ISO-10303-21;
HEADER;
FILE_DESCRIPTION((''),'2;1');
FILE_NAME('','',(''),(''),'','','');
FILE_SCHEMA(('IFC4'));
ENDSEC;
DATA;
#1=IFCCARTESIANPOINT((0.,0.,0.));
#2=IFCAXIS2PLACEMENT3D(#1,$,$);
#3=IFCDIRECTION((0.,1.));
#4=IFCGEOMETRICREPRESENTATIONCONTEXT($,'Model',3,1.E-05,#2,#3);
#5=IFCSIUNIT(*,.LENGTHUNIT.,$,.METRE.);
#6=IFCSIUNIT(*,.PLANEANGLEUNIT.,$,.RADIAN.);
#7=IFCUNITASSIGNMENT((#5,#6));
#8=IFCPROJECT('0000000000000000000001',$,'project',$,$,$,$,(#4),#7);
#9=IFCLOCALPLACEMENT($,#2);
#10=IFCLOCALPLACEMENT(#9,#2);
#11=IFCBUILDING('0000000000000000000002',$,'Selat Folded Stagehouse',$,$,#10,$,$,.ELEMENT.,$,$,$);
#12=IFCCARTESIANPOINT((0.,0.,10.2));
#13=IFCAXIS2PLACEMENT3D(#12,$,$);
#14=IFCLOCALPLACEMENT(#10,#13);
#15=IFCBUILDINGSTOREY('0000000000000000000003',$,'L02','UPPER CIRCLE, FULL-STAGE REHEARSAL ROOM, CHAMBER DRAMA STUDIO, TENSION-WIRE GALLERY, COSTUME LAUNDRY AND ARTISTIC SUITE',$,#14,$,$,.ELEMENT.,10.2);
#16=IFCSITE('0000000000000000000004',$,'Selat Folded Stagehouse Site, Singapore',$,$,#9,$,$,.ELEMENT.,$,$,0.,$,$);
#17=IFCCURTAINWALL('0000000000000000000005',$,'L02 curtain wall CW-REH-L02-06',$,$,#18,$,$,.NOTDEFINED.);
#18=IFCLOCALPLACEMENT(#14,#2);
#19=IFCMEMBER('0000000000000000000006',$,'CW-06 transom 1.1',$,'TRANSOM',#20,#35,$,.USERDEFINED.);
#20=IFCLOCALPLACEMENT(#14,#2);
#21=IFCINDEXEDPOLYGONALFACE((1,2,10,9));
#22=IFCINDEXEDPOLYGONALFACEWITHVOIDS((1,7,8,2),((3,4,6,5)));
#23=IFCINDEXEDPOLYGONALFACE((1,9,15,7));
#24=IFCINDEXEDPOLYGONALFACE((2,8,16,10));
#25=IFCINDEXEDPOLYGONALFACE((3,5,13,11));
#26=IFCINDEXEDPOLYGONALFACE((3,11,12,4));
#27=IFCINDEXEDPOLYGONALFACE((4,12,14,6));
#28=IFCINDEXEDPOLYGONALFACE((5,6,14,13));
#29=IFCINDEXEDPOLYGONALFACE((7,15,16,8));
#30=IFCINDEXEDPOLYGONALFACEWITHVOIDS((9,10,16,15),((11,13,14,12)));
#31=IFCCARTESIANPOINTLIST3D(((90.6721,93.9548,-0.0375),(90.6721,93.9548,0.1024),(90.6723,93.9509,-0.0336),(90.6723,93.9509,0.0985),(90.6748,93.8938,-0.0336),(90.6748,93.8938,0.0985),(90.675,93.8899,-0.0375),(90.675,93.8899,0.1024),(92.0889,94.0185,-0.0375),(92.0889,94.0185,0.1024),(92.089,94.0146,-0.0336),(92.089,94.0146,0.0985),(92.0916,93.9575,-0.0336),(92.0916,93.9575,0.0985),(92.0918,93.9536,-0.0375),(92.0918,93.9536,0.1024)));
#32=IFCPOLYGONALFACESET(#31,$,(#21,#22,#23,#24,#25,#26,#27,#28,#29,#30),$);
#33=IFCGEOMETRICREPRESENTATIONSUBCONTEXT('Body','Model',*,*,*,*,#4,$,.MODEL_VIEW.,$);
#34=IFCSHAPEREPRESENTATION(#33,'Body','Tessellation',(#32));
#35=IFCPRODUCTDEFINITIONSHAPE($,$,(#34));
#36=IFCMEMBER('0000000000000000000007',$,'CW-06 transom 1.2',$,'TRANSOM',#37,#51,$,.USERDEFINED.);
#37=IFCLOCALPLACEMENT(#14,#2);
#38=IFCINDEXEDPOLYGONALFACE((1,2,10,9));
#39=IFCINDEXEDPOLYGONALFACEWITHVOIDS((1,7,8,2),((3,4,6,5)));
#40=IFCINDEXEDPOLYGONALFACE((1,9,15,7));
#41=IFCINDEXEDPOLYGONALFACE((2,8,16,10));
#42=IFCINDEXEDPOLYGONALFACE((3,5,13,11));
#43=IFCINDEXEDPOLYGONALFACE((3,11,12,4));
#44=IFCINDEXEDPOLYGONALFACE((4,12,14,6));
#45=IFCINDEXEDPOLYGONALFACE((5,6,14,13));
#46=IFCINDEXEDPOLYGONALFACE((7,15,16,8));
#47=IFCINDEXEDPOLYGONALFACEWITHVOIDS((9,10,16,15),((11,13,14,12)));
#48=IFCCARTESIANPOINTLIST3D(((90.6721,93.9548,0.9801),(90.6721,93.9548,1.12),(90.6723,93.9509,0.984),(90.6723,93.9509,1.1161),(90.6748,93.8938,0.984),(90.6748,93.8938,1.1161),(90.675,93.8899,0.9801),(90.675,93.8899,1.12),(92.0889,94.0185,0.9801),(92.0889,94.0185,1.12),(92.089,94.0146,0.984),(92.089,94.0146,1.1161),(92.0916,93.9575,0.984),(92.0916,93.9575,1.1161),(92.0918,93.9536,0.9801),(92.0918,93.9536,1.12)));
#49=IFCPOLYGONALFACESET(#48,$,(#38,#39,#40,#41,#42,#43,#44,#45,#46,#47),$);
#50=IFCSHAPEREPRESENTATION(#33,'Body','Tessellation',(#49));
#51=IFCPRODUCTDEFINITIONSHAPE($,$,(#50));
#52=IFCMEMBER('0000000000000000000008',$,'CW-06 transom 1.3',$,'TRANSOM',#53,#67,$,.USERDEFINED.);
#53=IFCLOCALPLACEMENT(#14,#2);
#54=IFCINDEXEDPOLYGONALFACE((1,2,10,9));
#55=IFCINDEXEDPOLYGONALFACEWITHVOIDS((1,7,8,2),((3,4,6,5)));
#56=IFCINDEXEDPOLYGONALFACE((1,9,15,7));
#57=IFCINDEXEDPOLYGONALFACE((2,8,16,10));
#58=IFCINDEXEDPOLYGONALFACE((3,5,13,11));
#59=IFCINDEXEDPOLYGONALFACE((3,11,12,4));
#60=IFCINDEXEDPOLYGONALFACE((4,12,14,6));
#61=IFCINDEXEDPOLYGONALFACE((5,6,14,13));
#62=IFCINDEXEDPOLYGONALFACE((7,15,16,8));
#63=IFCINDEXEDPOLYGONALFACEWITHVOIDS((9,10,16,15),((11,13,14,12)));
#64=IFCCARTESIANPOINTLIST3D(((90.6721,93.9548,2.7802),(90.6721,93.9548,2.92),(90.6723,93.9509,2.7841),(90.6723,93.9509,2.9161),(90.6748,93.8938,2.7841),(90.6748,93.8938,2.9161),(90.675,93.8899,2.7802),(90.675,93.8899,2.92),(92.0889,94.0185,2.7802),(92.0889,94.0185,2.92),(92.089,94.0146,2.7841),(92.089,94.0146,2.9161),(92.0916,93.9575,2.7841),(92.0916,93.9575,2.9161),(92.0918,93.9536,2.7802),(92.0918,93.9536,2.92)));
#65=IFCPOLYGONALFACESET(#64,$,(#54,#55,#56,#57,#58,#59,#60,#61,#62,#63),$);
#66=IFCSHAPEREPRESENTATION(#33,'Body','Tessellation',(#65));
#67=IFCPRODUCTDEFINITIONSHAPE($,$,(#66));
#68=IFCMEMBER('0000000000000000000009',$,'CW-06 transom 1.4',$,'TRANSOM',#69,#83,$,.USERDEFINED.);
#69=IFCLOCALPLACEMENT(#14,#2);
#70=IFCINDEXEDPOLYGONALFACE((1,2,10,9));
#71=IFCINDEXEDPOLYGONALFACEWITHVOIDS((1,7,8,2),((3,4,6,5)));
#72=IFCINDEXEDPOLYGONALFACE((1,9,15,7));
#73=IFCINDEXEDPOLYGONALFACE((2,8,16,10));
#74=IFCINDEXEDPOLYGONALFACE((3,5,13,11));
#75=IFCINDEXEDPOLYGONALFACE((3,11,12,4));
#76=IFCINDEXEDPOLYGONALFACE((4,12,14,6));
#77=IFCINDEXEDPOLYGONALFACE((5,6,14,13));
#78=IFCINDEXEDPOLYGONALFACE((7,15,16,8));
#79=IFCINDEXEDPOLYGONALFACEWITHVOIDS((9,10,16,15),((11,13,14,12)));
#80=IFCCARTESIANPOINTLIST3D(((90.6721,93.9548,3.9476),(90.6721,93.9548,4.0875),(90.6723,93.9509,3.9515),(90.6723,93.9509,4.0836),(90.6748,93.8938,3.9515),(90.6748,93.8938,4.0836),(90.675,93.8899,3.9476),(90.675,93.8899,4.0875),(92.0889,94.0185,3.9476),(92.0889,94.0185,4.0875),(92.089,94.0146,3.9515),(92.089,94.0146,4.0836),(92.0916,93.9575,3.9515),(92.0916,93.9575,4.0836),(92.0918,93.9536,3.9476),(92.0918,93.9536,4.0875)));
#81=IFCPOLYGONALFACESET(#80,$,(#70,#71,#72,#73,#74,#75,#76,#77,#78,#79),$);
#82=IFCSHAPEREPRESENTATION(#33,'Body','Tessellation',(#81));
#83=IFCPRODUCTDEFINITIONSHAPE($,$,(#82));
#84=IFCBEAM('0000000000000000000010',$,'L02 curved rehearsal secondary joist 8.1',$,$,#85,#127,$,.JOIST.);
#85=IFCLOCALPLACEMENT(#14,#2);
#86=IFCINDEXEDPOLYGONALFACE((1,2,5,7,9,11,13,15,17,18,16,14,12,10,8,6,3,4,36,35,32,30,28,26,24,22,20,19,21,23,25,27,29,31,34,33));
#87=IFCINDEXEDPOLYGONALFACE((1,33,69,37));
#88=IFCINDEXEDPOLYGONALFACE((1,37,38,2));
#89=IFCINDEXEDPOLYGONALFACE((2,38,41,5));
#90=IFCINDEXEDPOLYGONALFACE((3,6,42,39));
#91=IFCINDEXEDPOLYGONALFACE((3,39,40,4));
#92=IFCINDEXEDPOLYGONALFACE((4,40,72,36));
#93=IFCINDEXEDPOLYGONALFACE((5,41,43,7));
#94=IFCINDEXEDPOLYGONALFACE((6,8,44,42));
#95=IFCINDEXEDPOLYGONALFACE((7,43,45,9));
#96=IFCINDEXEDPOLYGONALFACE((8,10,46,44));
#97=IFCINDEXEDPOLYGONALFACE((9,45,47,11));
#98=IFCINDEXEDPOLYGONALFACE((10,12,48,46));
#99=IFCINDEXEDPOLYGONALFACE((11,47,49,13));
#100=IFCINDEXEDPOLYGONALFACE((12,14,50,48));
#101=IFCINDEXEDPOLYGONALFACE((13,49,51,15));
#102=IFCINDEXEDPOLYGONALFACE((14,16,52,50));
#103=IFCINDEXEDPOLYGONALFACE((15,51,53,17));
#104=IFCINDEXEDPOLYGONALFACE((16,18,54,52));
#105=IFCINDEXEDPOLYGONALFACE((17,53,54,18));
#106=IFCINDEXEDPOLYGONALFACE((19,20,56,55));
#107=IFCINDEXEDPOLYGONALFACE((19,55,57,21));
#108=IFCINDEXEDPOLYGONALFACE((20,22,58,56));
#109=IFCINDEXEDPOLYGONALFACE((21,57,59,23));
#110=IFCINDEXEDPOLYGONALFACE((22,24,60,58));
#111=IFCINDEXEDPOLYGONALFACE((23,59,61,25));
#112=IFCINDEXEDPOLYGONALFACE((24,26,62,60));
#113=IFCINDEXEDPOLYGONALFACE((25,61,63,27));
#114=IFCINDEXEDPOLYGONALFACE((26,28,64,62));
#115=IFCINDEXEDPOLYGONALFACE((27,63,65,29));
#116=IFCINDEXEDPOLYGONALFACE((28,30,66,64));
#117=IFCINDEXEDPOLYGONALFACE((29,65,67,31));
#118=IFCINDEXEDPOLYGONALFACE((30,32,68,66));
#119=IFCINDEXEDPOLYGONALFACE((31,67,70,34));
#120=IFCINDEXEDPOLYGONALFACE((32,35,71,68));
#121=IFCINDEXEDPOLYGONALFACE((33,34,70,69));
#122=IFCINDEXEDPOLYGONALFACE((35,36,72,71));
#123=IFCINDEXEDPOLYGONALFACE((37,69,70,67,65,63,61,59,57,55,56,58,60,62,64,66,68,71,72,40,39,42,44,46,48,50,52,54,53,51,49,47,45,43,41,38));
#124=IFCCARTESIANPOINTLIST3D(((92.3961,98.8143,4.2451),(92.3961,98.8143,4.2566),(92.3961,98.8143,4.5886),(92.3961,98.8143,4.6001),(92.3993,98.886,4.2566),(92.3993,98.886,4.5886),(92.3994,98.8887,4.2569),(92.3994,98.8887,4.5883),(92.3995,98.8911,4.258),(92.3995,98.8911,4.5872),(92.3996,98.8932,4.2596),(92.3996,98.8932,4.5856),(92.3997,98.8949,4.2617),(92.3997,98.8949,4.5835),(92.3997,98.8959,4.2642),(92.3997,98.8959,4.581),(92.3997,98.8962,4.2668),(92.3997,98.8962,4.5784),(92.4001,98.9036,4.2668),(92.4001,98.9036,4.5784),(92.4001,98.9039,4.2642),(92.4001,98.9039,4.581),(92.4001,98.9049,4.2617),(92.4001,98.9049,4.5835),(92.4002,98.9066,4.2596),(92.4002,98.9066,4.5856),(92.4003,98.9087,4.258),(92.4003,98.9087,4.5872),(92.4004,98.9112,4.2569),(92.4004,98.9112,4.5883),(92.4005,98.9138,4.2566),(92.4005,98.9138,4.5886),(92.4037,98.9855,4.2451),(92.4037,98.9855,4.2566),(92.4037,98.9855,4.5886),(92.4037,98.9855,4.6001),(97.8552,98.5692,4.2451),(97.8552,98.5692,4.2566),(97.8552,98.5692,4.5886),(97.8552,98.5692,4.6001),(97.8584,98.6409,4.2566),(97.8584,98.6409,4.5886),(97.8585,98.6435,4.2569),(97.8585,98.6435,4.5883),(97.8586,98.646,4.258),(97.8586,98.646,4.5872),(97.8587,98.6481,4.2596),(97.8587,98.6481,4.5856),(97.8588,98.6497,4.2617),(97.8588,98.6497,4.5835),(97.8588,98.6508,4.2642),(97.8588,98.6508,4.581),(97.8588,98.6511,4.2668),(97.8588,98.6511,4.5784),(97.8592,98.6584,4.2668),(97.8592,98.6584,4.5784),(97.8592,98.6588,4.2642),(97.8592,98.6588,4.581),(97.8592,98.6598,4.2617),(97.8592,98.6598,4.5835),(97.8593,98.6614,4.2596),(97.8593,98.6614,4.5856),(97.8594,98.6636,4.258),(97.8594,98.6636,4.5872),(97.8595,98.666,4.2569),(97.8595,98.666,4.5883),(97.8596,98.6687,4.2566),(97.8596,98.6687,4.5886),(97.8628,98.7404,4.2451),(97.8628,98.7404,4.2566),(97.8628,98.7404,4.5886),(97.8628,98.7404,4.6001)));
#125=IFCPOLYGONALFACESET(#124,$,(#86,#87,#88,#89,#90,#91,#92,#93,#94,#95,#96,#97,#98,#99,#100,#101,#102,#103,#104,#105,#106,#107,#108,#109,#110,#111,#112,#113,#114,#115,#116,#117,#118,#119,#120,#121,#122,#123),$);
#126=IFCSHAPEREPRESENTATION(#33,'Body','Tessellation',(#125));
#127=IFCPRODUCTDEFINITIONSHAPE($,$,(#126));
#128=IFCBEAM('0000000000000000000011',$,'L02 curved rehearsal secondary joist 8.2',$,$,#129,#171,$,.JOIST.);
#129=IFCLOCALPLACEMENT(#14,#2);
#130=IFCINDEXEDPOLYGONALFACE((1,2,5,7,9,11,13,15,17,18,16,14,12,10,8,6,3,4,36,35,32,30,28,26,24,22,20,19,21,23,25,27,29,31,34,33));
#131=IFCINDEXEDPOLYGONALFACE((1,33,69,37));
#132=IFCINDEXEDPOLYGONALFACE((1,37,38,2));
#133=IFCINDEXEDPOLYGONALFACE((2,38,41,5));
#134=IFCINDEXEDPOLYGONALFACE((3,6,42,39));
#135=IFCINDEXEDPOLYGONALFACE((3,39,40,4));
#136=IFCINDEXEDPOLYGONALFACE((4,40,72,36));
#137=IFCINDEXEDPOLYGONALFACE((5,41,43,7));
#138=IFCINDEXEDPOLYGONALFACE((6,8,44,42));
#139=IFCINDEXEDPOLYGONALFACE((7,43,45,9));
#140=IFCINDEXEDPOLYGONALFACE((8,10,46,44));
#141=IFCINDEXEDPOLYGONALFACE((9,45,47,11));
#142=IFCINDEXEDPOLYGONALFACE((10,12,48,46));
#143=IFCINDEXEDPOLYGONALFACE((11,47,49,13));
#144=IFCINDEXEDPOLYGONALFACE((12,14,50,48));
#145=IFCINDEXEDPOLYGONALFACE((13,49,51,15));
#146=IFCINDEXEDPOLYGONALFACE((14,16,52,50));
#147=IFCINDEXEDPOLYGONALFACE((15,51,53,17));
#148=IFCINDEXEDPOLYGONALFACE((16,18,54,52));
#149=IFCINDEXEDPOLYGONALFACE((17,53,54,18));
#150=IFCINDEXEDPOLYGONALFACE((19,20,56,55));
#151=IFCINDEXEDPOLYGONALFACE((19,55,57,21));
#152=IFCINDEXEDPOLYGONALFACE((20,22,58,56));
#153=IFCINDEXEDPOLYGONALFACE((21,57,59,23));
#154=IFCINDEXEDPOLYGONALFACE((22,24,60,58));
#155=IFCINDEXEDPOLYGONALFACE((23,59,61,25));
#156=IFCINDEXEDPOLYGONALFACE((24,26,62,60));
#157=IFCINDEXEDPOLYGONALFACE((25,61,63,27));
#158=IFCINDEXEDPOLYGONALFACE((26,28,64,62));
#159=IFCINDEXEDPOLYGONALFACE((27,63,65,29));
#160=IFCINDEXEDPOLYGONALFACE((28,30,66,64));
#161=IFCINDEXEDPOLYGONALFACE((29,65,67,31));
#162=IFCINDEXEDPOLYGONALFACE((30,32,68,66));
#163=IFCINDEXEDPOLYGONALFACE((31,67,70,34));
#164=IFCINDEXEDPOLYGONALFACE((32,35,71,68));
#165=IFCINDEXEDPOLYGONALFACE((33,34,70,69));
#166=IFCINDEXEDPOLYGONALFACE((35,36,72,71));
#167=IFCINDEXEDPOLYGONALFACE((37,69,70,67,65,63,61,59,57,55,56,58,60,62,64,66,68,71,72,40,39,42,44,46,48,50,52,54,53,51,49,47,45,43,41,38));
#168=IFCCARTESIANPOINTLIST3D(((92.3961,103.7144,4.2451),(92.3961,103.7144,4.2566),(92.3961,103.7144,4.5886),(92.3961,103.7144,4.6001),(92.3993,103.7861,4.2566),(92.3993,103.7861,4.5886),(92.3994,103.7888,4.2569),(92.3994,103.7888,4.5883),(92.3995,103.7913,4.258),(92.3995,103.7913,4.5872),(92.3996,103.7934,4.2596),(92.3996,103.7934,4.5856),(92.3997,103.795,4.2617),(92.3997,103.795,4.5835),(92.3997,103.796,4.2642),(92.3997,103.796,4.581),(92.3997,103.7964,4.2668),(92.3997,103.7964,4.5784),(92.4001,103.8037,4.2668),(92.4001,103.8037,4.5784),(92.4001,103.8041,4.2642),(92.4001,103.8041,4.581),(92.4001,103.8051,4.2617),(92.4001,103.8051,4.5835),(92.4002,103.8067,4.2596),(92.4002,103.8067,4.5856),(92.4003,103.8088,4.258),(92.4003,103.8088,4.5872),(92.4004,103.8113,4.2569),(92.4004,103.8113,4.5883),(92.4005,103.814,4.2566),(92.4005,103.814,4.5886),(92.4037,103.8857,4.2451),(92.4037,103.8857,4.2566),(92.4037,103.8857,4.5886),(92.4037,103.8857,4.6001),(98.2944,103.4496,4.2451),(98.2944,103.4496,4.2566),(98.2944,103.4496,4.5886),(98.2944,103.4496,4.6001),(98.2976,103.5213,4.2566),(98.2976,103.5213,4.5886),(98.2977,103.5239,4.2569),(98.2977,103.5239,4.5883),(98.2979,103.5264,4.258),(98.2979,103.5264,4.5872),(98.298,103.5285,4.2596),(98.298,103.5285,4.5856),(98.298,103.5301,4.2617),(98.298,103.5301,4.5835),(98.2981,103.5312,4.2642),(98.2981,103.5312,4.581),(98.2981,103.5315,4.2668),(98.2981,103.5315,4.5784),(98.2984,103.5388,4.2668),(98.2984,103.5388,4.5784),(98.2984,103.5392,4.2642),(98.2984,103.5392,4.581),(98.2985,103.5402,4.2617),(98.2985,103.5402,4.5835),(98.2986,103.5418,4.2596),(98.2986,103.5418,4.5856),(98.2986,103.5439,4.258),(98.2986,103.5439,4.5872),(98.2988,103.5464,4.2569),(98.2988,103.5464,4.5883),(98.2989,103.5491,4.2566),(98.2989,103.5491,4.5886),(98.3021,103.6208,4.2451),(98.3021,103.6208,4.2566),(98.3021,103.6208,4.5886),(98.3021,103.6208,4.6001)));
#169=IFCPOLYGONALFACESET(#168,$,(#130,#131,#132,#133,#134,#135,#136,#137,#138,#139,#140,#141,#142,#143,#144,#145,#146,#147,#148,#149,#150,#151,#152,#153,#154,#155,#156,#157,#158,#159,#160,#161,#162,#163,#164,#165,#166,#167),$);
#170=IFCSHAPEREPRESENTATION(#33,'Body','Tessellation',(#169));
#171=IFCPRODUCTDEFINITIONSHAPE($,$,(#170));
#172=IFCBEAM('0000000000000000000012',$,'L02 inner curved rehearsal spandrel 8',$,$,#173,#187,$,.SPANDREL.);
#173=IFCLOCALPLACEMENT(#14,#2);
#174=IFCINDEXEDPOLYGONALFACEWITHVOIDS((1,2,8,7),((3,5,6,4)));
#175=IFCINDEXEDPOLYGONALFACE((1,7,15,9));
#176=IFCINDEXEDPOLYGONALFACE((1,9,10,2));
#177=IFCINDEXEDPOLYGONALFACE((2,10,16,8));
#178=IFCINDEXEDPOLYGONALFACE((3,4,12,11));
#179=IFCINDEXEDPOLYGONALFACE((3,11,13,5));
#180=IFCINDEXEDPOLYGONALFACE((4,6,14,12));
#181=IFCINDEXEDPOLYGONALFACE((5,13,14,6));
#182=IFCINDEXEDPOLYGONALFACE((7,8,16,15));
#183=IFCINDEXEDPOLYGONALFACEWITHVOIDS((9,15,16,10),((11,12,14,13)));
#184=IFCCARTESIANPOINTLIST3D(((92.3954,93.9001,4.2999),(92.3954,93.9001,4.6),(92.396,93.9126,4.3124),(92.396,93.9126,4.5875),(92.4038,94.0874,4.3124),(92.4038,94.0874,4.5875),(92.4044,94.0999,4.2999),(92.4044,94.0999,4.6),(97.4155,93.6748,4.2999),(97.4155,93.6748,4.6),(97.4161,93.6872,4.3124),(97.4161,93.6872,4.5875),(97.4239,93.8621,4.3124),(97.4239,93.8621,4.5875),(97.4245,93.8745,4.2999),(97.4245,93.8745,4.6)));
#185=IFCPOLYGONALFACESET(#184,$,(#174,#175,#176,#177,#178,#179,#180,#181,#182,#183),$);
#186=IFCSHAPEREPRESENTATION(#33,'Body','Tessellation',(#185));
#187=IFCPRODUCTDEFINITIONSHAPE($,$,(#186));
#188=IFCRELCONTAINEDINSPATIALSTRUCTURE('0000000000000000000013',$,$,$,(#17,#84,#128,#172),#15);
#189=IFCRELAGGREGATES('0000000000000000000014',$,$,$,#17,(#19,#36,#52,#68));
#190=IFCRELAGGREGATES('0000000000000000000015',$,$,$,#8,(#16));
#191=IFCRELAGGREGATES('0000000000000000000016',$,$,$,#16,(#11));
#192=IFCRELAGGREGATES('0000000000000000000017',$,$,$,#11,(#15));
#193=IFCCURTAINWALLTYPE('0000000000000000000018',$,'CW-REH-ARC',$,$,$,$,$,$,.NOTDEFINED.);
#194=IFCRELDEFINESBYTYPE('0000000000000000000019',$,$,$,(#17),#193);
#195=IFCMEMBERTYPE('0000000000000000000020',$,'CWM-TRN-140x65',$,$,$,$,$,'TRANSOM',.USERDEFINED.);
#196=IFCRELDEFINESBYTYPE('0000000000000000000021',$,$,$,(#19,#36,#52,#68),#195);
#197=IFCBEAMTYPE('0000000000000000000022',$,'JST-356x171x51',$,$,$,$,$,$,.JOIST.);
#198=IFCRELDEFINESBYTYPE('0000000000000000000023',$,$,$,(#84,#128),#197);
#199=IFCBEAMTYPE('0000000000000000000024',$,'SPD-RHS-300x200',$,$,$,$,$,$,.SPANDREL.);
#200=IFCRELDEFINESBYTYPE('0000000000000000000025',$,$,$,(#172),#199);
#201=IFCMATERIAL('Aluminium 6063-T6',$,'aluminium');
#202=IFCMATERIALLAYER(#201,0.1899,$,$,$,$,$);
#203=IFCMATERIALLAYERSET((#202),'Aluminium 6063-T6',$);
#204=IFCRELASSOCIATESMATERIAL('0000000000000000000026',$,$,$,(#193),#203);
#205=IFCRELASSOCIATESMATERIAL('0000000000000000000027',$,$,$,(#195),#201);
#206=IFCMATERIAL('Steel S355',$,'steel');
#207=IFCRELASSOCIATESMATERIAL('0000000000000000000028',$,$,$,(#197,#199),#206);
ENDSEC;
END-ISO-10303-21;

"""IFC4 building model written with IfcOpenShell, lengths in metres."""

from ifc_helpers import new_model, si_unit, direction, frame, origin, origin_2d, place, context, subcontext, project, spatial, hollow_rectangle, i_section, extrude, material, layer, layer_set, material_profile, profile_set, type_object, element, aggregate, save


model = new_model("IFC4")

# Units and contexts
model_context = context("Model", 3, precision=1e-05, world=origin(), true_north=direction((0.0, 1.0)))
body_context = subcontext(model_context, "Body", "Model", "MODEL_VIEW")
ifc_project = project(units=[si_unit("LENGTHUNIT", "METRE"), si_unit("PLANEANGLEUNIT", "RADIAN")], contexts=[model_context])

# Site, building, storey
site_placement = place(None, origin())
site = spatial("IfcSite", under=ifc_project, at=site_placement, Name="Selat Folded Stagehouse Site, Singapore", CompositionType="ELEMENT", RefElevation=0.0)
building_placement = place(site_placement, origin())
building = spatial("IfcBuilding", under=site, at=building_placement, Name="Selat Folded Stagehouse", CompositionType="ELEMENT")
storey_placement = place(building_placement, frame((0.0, 0.0, 10.2)))
storey = spatial("IfcBuildingStorey", under=building, at=storey_placement, Name="L02", Description="UPPER CIRCLE, FULL-STAGE REHEARSAL ROOM, CHAMBER DRAMA STUDIO, TENSION-WIRE GALLERY, COSTUME LAUNDRY AND ARTISTIC SUITE", CompositionType="ELEMENT", Elevation=10.2)

# Shared definitions
ifc_material_1 = material(Name="Steel S355", Category="steel")

# Curtain wall
ifc_material_2 = material(Name="Aluminium 6063-T6", Category="aluminium")
ifc_layer_1 = layer(ifc_material_2, 0.1899)
ifc_layer_set_1 = layer_set([ifc_layer_1], Name="Aluminium 6063-T6")
curtain_wall_type = type_object("IfcCurtainWallType", Name="CW-REH-ARC", PredefinedType="NOTDEFINED", material=ifc_layer_set_1)
curtain_wall_1_placement = place(storey_placement, origin())
curtain_wall_1 = element("IfcCurtainWall", 1, at=curtain_wall_1_placement, inside=storey, type_object=curtain_wall_type, Name="L02 curtain wall CW-REH-L02-06", PredefinedType="NOTDEFINED")

# Members
ifc_material_profile_1 = material_profile(ifc_material_2, hollow_rectangle(XDim=0.0649, YDim=0.1399, WallThickness=0.0039, at=origin_2d()), Name="ALU 140x65x4.0")
ifc_profile_set_1 = profile_set([ifc_material_profile_1], Name="Aluminium 6063-T6")
member_type_1 = type_object("IfcMemberType", Name="CWM-TRN-140x65", ElementType="TRANSOM", PredefinedType="USERDEFINED", material=ifc_profile_set_1)
member_1_placement = place(storey_placement, frame((92.0903, 93.9861, 0.0325), z_axis=(-0.99899, -0.044931, 0.0), x_axis=(0.044931, -0.99899, 0.0)))
member_1 = element("IfcMember", 2, at=member_1_placement, type_object=member_type_1, Name="CW-06 transom 1.1", ObjectType="TRANSOM", PredefinedType="USERDEFINED", context=body_context, shape_type="SweptSolid", body=[
    extrude(hollow_rectangle(XDim=0.0649, YDim=0.1399, WallThickness=0.0039, at=origin_2d()), origin(), (0.0, 0.0, 1.0), 1.4182),
])
member_2_placement = place(storey_placement, frame((92.0903, 93.9861, 1.05), z_axis=(-0.99899, -0.044931, 0.0), x_axis=(0.044931, -0.99899, 0.0)))
member_2 = element("IfcMember", 3, at=member_2_placement, type_object=member_type_1, Name="CW-06 transom 1.2", ObjectType="TRANSOM", PredefinedType="USERDEFINED", context=body_context, shape_type="SweptSolid", body=[
    extrude(hollow_rectangle(XDim=0.0649, YDim=0.1399, WallThickness=0.0039, at=origin_2d()), origin(), (0.0, 0.0, 1.0), 1.4182),
])
member_3_placement = place(storey_placement, frame((92.0903, 93.9861, 2.8501), z_axis=(-0.99899, -0.044931, 0.0), x_axis=(0.044931, -0.99899, 0.0)))
member_3 = element("IfcMember", 4, at=member_3_placement, type_object=member_type_1, Name="CW-06 transom 1.3", ObjectType="TRANSOM", PredefinedType="USERDEFINED", context=body_context, shape_type="SweptSolid", body=[
    extrude(hollow_rectangle(XDim=0.0649, YDim=0.1399, WallThickness=0.0039, at=origin_2d()), origin(), (0.0, 0.0, 1.0), 1.4182),
])
member_4_placement = place(storey_placement, frame((92.0903, 93.9861, 4.0176), z_axis=(-0.99899, -0.044931, 0.0), x_axis=(0.044931, -0.99899, 0.0)))
member_4 = element("IfcMember", 5, at=member_4_placement, type_object=member_type_1, Name="CW-06 transom 1.4", ObjectType="TRANSOM", PredefinedType="USERDEFINED", context=body_context, shape_type="SweptSolid", body=[
    extrude(hollow_rectangle(XDim=0.0649, YDim=0.1399, WallThickness=0.0039, at=origin_2d()), origin(), (0.0, 0.0, 1.0), 1.4182),
])

# Beams
ifc_material_profile_2 = material_profile(ifc_material_1, i_section(OverallWidth=0.1714, OverallDepth=0.355, WebThickness=0.0073, FlangeThickness=0.0115, FilletRadius=0.0103, at=origin_2d()), Name="UKB 356x171x51")
ifc_profile_set_2 = profile_set([ifc_material_profile_2], Name="Steel S355")
beam_type_1 = type_object("IfcBeamType", Name="JST-356x171x51", PredefinedType="JOIST", material=ifc_profile_set_2)
beam_1_placement = place(storey_placement, frame((92.3999, 98.8999, 4.4226), z_axis=(0.998993, -0.044856, 0.0), x_axis=(0.044856, 0.998993, 0.0)))
element("IfcBeam", 6, at=beam_1_placement, inside=storey, type_object=beam_type_1, Name="L02 curved rehearsal secondary joist 8.1", PredefinedType="JOIST", context=body_context, shape_type="SweptSolid", body=[
    extrude(i_section(OverallWidth=0.1714, OverallDepth=0.355, WebThickness=0.0073, FlangeThickness=0.0115, FilletRadius=0.0103, at=origin_2d()), origin(), (0.0, 0.0, 1.0), 5.4646),
])
beam_2_placement = place(storey_placement, frame((92.3999, 103.8, 4.4226), z_axis=(0.998993, -0.044864, 0.0), x_axis=(0.044864, 0.998993, 0.0)))
element("IfcBeam", 7, at=beam_2_placement, inside=storey, type_object=beam_type_1, Name="L02 curved rehearsal secondary joist 8.2", PredefinedType="JOIST", context=body_context, shape_type="SweptSolid", body=[
    extrude(i_section(OverallWidth=0.1714, OverallDepth=0.355, WebThickness=0.0073, FlangeThickness=0.0115, FilletRadius=0.0103, at=origin_2d()), origin(), (0.0, 0.0, 1.0), 5.9043),
])
ifc_material_profile_3 = material_profile(ifc_material_1, hollow_rectangle(XDim=0.2, YDim=0.3, WallThickness=0.0125, at=origin_2d()), Name="RHS 300x200x12.5")
ifc_profile_set_3 = profile_set([ifc_material_profile_3], Name="Steel S355")
beam_type_2 = type_object("IfcBeamType", Name="SPD-RHS-300x200", PredefinedType="SPANDREL", material=ifc_profile_set_3)
beam_3_placement = place(storey_placement, frame((92.3999, 94.0, 4.45), z_axis=(0.998994, -0.044843, 0.0), x_axis=(0.044843, 0.998994, 0.0)))
element("IfcBeam", 8, at=beam_3_placement, inside=storey, type_object=beam_type_2, Name="L02 inner curved rehearsal spandrel 8", PredefinedType="SPANDREL", context=body_context, shape_type="SweptSolid", body=[
    extrude(hollow_rectangle(XDim=0.2, YDim=0.3, WallThickness=0.0125, at=origin_2d()), origin(), (0.0, 0.0, 1.0), 5.0251),
])

aggregate(curtain_wall_1, [member_1, member_2, member_3, member_4])

save(model, "model.ifc")
